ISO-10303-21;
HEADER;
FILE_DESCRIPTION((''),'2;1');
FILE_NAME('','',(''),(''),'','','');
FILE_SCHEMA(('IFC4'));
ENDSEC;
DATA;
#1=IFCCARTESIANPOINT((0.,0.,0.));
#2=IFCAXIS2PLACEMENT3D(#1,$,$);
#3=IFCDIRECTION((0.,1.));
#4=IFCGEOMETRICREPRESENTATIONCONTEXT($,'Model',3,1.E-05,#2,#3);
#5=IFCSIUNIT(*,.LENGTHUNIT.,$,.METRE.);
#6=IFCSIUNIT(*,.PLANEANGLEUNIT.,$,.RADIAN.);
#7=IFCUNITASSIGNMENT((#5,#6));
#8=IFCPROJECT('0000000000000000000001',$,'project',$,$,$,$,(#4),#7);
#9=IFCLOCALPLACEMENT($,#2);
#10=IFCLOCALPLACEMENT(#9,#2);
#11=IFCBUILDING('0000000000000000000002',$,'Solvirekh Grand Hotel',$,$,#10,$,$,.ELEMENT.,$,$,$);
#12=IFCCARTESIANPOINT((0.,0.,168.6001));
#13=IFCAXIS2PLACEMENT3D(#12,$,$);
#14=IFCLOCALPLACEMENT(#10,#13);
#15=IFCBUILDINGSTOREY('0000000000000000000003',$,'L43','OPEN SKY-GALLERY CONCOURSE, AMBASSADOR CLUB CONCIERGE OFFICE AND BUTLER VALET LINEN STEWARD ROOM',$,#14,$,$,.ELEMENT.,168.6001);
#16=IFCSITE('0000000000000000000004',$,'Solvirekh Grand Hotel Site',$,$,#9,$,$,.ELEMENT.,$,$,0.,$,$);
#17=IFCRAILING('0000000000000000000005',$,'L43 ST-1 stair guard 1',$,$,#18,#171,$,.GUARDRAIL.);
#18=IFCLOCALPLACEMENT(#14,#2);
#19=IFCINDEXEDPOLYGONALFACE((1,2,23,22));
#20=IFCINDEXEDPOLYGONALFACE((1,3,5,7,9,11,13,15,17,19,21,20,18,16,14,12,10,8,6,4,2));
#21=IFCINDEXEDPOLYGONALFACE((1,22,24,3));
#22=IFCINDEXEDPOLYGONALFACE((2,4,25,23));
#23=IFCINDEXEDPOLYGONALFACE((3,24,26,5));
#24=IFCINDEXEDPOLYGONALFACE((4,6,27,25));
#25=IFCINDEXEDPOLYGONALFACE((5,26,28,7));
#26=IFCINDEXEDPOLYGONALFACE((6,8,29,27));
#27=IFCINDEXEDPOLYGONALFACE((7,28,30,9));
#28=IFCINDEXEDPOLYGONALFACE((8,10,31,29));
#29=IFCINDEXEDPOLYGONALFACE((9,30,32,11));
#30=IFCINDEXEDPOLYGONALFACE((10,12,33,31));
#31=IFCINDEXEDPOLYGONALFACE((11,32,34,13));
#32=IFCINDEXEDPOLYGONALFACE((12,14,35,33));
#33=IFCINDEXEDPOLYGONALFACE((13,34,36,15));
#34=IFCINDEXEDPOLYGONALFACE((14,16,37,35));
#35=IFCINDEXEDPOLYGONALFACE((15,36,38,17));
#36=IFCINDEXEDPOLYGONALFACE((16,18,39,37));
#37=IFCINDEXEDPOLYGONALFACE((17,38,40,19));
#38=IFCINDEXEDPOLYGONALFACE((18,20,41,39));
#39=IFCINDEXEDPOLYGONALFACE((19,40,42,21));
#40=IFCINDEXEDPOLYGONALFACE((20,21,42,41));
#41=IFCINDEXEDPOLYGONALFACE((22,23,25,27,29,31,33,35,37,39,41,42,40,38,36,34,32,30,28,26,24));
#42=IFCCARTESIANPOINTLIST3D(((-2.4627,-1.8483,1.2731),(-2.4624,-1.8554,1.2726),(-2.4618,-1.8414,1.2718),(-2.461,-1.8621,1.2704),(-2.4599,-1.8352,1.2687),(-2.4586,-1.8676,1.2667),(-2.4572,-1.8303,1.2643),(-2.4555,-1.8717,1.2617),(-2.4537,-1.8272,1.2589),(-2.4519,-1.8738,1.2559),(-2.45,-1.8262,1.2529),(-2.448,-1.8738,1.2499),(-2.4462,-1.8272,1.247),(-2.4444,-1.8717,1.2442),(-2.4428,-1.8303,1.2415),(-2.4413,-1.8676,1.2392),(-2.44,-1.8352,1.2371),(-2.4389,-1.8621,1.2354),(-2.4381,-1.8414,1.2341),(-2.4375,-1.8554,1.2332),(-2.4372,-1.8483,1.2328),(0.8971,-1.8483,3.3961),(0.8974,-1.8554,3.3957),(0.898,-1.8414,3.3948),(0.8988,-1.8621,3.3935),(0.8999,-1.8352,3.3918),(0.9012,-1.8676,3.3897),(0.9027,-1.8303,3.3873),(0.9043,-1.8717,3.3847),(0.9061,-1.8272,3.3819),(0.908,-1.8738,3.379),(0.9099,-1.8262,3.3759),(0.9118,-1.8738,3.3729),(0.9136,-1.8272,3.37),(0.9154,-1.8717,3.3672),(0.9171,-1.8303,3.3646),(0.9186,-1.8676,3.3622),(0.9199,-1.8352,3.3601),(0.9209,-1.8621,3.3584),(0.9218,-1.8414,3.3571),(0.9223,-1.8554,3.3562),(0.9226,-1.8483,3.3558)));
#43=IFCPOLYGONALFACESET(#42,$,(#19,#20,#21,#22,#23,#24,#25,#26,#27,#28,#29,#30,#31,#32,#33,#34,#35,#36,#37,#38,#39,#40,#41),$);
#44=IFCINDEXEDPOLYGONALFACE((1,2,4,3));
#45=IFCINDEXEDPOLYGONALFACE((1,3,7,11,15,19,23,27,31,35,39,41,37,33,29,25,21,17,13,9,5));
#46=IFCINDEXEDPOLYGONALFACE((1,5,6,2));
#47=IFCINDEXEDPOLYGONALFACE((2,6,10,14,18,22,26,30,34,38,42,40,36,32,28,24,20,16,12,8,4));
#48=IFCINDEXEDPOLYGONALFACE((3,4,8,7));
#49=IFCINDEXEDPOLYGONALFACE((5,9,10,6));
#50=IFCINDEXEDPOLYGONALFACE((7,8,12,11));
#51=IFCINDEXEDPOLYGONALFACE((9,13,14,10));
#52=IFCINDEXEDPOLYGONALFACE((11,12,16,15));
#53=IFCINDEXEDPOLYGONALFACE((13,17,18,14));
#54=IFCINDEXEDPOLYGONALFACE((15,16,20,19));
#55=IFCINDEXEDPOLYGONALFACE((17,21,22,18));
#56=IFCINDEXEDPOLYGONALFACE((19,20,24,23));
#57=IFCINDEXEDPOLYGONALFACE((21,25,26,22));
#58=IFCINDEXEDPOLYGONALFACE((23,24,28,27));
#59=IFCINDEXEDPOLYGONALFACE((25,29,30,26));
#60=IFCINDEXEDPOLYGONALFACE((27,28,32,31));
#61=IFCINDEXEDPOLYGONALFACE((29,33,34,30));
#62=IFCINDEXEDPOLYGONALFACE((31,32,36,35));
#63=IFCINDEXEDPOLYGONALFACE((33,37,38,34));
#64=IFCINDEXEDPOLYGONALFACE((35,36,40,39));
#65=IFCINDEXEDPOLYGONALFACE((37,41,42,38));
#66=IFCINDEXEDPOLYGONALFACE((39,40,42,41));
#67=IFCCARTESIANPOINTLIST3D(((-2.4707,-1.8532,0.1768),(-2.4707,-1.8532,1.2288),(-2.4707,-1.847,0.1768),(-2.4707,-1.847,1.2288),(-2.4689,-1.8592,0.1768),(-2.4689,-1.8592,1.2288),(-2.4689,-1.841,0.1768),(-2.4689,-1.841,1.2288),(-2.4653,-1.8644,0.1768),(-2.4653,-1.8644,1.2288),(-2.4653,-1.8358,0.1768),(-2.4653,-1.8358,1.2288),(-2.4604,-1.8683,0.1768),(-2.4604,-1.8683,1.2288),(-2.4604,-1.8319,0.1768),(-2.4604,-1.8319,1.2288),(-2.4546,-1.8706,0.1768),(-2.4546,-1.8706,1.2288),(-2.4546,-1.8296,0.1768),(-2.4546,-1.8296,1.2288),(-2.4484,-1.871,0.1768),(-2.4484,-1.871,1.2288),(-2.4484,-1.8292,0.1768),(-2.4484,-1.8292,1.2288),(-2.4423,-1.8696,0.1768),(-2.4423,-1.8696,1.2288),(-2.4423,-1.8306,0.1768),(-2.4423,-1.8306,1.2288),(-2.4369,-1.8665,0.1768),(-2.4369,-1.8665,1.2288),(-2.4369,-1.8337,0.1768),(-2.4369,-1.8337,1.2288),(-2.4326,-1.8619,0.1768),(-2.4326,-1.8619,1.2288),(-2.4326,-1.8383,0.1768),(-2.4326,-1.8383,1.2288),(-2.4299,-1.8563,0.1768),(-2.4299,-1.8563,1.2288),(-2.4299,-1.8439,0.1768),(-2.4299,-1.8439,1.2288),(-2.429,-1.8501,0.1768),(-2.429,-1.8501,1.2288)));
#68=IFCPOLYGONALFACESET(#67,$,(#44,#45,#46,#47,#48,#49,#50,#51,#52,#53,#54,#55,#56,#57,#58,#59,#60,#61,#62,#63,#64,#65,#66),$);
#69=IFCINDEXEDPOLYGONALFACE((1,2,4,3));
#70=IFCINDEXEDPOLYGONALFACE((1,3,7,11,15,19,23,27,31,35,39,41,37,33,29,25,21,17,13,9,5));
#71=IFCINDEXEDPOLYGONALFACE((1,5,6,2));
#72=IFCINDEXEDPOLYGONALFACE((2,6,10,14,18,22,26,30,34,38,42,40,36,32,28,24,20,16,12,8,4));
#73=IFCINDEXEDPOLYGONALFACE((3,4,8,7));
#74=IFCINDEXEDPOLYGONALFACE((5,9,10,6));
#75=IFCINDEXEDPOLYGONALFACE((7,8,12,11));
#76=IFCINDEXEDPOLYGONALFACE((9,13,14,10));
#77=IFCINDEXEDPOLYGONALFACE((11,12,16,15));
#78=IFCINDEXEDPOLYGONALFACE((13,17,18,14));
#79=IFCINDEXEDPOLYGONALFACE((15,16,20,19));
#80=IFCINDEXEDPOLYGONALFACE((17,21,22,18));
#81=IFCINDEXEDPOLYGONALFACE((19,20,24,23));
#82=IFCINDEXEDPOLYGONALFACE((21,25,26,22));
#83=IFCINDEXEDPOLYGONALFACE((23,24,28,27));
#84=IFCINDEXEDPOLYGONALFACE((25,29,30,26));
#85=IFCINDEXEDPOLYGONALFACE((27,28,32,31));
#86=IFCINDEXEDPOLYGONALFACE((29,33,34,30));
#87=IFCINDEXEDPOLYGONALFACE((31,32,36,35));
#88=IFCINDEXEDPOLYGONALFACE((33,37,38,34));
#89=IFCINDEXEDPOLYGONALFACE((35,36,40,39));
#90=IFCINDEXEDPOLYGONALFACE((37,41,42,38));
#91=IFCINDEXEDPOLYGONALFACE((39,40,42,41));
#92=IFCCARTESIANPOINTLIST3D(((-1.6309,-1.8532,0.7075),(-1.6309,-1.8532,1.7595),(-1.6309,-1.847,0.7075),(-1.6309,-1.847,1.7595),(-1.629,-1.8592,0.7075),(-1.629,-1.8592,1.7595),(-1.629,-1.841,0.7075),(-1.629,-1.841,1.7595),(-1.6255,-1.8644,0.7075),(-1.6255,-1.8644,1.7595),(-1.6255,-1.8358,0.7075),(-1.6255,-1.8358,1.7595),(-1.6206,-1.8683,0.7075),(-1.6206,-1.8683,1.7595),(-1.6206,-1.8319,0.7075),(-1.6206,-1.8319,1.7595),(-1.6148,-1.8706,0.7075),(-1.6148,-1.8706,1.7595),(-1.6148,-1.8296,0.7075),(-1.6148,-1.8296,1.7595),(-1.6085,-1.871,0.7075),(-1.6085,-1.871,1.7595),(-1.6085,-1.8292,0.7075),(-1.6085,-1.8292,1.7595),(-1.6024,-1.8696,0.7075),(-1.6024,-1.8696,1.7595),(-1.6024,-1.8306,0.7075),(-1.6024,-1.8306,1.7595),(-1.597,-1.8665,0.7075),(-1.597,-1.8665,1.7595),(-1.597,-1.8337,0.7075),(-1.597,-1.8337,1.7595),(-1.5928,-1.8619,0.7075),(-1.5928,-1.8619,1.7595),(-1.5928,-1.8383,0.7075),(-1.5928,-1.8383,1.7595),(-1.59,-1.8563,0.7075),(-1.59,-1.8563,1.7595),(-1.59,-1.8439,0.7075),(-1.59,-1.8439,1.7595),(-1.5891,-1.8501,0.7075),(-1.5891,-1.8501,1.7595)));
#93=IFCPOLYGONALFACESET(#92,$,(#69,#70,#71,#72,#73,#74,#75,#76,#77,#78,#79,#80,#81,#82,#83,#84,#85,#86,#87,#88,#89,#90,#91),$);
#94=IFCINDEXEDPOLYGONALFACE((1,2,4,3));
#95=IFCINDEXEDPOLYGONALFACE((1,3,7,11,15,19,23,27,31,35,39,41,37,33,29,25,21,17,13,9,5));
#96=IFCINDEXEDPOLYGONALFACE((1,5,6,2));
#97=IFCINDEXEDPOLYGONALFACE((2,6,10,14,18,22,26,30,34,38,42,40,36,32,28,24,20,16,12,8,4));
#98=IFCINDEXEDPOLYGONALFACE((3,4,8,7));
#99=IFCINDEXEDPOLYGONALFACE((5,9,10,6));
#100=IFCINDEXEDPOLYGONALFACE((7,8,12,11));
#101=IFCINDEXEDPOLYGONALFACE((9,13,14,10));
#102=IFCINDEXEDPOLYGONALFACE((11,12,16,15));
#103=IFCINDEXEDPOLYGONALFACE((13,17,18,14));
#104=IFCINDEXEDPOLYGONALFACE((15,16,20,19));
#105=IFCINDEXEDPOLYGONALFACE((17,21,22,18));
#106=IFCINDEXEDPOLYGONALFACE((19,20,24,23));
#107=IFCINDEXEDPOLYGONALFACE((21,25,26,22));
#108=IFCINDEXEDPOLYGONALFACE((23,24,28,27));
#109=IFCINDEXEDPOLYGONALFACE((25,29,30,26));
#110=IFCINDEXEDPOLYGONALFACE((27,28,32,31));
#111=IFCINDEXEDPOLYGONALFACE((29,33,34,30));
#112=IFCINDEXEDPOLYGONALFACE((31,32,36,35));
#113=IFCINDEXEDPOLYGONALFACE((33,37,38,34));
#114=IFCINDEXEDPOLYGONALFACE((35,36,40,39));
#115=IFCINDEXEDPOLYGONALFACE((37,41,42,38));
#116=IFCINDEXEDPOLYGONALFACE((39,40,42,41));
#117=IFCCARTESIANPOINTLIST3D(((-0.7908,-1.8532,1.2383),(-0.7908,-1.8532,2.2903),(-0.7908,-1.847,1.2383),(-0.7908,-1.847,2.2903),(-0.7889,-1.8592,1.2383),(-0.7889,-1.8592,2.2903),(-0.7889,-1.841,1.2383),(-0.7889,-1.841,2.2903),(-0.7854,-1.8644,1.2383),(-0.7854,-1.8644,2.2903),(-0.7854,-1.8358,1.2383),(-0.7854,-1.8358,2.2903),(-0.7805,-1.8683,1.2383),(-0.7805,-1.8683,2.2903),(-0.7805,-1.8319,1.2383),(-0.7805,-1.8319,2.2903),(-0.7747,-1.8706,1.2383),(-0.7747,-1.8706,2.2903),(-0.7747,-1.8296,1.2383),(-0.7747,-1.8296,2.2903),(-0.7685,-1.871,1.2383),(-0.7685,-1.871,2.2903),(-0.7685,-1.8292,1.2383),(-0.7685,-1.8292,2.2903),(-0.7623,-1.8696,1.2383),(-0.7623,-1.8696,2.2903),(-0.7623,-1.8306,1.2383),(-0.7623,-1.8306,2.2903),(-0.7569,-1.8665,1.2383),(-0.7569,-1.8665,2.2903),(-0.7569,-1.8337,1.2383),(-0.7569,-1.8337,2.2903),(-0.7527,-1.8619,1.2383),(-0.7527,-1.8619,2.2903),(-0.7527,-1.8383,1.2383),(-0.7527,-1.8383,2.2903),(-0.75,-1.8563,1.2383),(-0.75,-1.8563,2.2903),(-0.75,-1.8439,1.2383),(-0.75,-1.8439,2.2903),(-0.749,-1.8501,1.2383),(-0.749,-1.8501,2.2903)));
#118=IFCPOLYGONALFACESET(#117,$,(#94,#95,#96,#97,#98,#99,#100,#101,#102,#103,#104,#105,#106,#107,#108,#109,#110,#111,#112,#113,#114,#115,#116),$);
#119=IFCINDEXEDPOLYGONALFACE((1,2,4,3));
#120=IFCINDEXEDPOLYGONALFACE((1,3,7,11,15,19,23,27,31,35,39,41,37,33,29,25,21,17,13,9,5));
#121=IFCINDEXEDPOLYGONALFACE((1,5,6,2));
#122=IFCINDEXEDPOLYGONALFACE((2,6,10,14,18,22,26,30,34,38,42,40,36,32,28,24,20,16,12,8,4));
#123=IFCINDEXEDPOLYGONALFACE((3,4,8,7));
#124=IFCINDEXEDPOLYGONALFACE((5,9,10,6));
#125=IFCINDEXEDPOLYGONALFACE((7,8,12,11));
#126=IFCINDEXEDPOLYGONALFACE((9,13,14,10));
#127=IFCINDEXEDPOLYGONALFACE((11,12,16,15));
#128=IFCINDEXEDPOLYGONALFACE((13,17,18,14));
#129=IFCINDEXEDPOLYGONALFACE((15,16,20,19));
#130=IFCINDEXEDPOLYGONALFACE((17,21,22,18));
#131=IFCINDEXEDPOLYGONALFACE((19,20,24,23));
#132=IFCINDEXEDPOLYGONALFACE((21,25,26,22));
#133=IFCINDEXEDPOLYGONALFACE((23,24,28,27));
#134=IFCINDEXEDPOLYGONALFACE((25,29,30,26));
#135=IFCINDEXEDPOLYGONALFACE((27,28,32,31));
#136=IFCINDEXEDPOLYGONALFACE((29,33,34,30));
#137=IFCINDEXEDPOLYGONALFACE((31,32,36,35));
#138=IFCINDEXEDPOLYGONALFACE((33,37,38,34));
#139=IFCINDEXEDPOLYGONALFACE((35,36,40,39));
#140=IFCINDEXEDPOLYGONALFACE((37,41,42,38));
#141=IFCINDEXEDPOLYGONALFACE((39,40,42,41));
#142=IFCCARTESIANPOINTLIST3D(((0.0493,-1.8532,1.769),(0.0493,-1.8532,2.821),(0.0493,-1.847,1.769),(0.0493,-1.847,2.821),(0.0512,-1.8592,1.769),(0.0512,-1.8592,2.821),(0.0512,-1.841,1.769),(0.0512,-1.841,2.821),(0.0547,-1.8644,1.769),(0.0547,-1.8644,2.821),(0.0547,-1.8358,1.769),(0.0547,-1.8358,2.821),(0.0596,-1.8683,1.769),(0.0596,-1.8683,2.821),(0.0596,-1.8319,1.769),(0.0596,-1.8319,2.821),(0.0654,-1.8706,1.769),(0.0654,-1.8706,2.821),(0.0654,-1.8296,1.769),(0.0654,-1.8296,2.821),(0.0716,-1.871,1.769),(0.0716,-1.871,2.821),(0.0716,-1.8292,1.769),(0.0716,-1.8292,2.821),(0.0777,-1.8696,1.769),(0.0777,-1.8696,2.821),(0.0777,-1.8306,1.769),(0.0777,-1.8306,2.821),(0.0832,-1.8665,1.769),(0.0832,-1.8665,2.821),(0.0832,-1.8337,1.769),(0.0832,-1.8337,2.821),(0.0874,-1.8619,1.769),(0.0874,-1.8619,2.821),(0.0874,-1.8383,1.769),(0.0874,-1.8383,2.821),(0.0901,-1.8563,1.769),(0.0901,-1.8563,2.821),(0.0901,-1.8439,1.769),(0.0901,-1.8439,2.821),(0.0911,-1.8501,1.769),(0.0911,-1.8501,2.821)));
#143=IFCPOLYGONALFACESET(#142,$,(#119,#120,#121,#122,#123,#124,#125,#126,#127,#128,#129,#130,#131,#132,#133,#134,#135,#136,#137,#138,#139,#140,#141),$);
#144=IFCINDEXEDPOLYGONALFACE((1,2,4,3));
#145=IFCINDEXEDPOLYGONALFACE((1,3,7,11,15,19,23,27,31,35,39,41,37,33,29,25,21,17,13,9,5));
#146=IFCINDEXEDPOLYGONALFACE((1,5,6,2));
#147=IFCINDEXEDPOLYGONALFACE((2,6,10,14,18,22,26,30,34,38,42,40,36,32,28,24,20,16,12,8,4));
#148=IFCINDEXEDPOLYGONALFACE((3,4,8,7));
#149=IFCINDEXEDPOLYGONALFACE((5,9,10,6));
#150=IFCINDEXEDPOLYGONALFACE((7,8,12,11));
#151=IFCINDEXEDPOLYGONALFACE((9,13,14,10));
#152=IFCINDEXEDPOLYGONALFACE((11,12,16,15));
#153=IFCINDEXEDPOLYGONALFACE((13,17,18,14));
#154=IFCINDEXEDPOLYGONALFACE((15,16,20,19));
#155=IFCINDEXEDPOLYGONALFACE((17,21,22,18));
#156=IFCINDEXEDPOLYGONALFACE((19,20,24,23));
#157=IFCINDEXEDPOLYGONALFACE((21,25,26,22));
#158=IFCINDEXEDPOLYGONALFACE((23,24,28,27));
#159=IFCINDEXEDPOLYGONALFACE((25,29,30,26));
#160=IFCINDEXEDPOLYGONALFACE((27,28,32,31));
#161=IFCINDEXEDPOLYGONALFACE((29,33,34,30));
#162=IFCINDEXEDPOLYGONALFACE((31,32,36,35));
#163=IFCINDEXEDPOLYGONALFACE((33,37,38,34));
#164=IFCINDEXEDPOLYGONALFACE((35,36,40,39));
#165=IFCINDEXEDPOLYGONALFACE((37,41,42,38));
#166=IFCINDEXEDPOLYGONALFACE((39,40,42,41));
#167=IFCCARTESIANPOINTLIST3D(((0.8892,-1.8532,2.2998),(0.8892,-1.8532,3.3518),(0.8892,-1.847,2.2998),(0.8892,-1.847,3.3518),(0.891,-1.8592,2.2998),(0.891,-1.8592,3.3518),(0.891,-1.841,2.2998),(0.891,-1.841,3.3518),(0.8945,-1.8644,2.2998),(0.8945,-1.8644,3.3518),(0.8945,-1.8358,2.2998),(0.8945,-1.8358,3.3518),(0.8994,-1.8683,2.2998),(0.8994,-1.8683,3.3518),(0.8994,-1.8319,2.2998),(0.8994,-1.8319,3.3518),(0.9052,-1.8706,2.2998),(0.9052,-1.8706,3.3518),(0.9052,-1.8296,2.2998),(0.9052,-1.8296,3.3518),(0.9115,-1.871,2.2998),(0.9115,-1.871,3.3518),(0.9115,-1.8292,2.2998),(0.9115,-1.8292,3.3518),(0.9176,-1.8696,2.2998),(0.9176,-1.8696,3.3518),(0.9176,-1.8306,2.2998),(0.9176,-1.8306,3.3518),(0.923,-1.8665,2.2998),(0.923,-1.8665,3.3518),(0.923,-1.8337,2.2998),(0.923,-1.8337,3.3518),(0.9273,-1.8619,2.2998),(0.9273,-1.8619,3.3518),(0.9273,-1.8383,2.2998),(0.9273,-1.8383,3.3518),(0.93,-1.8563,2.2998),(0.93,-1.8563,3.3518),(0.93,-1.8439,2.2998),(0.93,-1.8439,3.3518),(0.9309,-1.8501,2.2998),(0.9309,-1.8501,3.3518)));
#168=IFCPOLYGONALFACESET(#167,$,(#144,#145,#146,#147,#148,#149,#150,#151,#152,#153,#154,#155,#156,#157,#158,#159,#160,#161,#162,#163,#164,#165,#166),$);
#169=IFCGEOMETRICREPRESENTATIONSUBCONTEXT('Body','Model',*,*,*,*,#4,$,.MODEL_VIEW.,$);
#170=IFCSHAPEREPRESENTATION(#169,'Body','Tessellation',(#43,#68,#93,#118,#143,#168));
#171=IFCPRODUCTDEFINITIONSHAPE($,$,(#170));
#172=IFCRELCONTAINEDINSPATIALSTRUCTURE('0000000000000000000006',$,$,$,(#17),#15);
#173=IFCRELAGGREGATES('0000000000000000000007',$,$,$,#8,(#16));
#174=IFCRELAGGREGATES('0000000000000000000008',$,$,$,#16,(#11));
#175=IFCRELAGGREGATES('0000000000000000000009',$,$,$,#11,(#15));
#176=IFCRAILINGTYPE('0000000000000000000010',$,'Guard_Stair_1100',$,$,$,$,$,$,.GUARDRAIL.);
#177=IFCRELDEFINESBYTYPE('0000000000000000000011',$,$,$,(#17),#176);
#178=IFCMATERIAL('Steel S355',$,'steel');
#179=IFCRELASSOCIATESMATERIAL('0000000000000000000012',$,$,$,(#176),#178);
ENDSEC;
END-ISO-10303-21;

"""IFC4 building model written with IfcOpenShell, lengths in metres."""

from ifc_helpers import new_model, si_unit, direction, frame, origin, origin_2d, place, context, subcontext, project, spatial, circle, extrude, material, type_object, element, save


model = new_model("IFC4")

# Units and contexts
model_context = context("Model", 3, precision=1e-05, world=origin(), true_north=direction((0.0, 1.0)))
body_context = subcontext(model_context, "Body", "Model", "MODEL_VIEW")
ifc_project = project(units=[si_unit("LENGTHUNIT", "METRE"), si_unit("PLANEANGLEUNIT", "RADIAN")], contexts=[model_context])

# Site, building, storey
site_placement = place(None, origin())
site = spatial("IfcSite", under=ifc_project, at=site_placement, Name="Solvirekh Grand Hotel Site", CompositionType="ELEMENT", RefElevation=0.0)
building_placement = place(site_placement, origin())
building = spatial("IfcBuilding", under=site, at=building_placement, Name="Solvirekh Grand Hotel", CompositionType="ELEMENT")
storey_placement = place(building_placement, frame((0.0, 0.0, 168.6001)))
storey = spatial("IfcBuildingStorey", under=building, at=storey_placement, Name="L43", Description="OPEN SKY-GALLERY CONCOURSE, AMBASSADOR CLUB CONCIERGE OFFICE AND BUTLER VALET LINEN STEWARD ROOM", CompositionType="ELEMENT", Elevation=168.6001)

# Shared definitions
ifc_material_1 = material(Name="Steel S355", Category="steel")

# Railing
railing_type_1 = type_object("IfcRailingType", Name="Guard_Stair_1100", PredefinedType="GUARDRAIL", material=ifc_material_1)
railing_1_placement = place(storey_placement, frame((-2.45, -1.8501, 0.1768)))
element("IfcRailing", 1, at=railing_1_placement, inside=storey, type_object=railing_type_1, Name="L43 ST-1 stair guard 1", PredefinedType="GUARDRAIL", context=body_context, shape_type="SweptSolid", body=[
    extrude(circle(Radius=0.0239, at=origin_2d()), frame((0.0, 0.0, 1.0762), z_axis=(0.845372, 0.0, 0.534178), x_axis=(0.0, 1.0, 0.0)), (0.0, 0.0, 1.0), 3.9744),
    extrude(circle(Radius=0.021, at=origin_2d()), origin(), (0.0, 0.0, 1.0), 1.052),
    extrude(circle(Radius=0.021, at=origin_2d()), frame((0.8398, 0.0, 0.5308)), (0.0, 0.0, 1.0), 1.052),
    extrude(circle(Radius=0.021, at=origin_2d()), frame((1.6799, 0.0, 1.0615)), (0.0, 0.0, 1.0), 1.052),
    extrude(circle(Radius=0.021, at=origin_2d()), frame((2.52, 0.0, 1.5923)), (0.0, 0.0, 1.0), 1.052),
    extrude(circle(Radius=0.021, at=origin_2d()), frame((3.3599, 0.0, 2.123)), (0.0, 0.0, 1.0), 1.052),
])

save(model, "model.ifc")
